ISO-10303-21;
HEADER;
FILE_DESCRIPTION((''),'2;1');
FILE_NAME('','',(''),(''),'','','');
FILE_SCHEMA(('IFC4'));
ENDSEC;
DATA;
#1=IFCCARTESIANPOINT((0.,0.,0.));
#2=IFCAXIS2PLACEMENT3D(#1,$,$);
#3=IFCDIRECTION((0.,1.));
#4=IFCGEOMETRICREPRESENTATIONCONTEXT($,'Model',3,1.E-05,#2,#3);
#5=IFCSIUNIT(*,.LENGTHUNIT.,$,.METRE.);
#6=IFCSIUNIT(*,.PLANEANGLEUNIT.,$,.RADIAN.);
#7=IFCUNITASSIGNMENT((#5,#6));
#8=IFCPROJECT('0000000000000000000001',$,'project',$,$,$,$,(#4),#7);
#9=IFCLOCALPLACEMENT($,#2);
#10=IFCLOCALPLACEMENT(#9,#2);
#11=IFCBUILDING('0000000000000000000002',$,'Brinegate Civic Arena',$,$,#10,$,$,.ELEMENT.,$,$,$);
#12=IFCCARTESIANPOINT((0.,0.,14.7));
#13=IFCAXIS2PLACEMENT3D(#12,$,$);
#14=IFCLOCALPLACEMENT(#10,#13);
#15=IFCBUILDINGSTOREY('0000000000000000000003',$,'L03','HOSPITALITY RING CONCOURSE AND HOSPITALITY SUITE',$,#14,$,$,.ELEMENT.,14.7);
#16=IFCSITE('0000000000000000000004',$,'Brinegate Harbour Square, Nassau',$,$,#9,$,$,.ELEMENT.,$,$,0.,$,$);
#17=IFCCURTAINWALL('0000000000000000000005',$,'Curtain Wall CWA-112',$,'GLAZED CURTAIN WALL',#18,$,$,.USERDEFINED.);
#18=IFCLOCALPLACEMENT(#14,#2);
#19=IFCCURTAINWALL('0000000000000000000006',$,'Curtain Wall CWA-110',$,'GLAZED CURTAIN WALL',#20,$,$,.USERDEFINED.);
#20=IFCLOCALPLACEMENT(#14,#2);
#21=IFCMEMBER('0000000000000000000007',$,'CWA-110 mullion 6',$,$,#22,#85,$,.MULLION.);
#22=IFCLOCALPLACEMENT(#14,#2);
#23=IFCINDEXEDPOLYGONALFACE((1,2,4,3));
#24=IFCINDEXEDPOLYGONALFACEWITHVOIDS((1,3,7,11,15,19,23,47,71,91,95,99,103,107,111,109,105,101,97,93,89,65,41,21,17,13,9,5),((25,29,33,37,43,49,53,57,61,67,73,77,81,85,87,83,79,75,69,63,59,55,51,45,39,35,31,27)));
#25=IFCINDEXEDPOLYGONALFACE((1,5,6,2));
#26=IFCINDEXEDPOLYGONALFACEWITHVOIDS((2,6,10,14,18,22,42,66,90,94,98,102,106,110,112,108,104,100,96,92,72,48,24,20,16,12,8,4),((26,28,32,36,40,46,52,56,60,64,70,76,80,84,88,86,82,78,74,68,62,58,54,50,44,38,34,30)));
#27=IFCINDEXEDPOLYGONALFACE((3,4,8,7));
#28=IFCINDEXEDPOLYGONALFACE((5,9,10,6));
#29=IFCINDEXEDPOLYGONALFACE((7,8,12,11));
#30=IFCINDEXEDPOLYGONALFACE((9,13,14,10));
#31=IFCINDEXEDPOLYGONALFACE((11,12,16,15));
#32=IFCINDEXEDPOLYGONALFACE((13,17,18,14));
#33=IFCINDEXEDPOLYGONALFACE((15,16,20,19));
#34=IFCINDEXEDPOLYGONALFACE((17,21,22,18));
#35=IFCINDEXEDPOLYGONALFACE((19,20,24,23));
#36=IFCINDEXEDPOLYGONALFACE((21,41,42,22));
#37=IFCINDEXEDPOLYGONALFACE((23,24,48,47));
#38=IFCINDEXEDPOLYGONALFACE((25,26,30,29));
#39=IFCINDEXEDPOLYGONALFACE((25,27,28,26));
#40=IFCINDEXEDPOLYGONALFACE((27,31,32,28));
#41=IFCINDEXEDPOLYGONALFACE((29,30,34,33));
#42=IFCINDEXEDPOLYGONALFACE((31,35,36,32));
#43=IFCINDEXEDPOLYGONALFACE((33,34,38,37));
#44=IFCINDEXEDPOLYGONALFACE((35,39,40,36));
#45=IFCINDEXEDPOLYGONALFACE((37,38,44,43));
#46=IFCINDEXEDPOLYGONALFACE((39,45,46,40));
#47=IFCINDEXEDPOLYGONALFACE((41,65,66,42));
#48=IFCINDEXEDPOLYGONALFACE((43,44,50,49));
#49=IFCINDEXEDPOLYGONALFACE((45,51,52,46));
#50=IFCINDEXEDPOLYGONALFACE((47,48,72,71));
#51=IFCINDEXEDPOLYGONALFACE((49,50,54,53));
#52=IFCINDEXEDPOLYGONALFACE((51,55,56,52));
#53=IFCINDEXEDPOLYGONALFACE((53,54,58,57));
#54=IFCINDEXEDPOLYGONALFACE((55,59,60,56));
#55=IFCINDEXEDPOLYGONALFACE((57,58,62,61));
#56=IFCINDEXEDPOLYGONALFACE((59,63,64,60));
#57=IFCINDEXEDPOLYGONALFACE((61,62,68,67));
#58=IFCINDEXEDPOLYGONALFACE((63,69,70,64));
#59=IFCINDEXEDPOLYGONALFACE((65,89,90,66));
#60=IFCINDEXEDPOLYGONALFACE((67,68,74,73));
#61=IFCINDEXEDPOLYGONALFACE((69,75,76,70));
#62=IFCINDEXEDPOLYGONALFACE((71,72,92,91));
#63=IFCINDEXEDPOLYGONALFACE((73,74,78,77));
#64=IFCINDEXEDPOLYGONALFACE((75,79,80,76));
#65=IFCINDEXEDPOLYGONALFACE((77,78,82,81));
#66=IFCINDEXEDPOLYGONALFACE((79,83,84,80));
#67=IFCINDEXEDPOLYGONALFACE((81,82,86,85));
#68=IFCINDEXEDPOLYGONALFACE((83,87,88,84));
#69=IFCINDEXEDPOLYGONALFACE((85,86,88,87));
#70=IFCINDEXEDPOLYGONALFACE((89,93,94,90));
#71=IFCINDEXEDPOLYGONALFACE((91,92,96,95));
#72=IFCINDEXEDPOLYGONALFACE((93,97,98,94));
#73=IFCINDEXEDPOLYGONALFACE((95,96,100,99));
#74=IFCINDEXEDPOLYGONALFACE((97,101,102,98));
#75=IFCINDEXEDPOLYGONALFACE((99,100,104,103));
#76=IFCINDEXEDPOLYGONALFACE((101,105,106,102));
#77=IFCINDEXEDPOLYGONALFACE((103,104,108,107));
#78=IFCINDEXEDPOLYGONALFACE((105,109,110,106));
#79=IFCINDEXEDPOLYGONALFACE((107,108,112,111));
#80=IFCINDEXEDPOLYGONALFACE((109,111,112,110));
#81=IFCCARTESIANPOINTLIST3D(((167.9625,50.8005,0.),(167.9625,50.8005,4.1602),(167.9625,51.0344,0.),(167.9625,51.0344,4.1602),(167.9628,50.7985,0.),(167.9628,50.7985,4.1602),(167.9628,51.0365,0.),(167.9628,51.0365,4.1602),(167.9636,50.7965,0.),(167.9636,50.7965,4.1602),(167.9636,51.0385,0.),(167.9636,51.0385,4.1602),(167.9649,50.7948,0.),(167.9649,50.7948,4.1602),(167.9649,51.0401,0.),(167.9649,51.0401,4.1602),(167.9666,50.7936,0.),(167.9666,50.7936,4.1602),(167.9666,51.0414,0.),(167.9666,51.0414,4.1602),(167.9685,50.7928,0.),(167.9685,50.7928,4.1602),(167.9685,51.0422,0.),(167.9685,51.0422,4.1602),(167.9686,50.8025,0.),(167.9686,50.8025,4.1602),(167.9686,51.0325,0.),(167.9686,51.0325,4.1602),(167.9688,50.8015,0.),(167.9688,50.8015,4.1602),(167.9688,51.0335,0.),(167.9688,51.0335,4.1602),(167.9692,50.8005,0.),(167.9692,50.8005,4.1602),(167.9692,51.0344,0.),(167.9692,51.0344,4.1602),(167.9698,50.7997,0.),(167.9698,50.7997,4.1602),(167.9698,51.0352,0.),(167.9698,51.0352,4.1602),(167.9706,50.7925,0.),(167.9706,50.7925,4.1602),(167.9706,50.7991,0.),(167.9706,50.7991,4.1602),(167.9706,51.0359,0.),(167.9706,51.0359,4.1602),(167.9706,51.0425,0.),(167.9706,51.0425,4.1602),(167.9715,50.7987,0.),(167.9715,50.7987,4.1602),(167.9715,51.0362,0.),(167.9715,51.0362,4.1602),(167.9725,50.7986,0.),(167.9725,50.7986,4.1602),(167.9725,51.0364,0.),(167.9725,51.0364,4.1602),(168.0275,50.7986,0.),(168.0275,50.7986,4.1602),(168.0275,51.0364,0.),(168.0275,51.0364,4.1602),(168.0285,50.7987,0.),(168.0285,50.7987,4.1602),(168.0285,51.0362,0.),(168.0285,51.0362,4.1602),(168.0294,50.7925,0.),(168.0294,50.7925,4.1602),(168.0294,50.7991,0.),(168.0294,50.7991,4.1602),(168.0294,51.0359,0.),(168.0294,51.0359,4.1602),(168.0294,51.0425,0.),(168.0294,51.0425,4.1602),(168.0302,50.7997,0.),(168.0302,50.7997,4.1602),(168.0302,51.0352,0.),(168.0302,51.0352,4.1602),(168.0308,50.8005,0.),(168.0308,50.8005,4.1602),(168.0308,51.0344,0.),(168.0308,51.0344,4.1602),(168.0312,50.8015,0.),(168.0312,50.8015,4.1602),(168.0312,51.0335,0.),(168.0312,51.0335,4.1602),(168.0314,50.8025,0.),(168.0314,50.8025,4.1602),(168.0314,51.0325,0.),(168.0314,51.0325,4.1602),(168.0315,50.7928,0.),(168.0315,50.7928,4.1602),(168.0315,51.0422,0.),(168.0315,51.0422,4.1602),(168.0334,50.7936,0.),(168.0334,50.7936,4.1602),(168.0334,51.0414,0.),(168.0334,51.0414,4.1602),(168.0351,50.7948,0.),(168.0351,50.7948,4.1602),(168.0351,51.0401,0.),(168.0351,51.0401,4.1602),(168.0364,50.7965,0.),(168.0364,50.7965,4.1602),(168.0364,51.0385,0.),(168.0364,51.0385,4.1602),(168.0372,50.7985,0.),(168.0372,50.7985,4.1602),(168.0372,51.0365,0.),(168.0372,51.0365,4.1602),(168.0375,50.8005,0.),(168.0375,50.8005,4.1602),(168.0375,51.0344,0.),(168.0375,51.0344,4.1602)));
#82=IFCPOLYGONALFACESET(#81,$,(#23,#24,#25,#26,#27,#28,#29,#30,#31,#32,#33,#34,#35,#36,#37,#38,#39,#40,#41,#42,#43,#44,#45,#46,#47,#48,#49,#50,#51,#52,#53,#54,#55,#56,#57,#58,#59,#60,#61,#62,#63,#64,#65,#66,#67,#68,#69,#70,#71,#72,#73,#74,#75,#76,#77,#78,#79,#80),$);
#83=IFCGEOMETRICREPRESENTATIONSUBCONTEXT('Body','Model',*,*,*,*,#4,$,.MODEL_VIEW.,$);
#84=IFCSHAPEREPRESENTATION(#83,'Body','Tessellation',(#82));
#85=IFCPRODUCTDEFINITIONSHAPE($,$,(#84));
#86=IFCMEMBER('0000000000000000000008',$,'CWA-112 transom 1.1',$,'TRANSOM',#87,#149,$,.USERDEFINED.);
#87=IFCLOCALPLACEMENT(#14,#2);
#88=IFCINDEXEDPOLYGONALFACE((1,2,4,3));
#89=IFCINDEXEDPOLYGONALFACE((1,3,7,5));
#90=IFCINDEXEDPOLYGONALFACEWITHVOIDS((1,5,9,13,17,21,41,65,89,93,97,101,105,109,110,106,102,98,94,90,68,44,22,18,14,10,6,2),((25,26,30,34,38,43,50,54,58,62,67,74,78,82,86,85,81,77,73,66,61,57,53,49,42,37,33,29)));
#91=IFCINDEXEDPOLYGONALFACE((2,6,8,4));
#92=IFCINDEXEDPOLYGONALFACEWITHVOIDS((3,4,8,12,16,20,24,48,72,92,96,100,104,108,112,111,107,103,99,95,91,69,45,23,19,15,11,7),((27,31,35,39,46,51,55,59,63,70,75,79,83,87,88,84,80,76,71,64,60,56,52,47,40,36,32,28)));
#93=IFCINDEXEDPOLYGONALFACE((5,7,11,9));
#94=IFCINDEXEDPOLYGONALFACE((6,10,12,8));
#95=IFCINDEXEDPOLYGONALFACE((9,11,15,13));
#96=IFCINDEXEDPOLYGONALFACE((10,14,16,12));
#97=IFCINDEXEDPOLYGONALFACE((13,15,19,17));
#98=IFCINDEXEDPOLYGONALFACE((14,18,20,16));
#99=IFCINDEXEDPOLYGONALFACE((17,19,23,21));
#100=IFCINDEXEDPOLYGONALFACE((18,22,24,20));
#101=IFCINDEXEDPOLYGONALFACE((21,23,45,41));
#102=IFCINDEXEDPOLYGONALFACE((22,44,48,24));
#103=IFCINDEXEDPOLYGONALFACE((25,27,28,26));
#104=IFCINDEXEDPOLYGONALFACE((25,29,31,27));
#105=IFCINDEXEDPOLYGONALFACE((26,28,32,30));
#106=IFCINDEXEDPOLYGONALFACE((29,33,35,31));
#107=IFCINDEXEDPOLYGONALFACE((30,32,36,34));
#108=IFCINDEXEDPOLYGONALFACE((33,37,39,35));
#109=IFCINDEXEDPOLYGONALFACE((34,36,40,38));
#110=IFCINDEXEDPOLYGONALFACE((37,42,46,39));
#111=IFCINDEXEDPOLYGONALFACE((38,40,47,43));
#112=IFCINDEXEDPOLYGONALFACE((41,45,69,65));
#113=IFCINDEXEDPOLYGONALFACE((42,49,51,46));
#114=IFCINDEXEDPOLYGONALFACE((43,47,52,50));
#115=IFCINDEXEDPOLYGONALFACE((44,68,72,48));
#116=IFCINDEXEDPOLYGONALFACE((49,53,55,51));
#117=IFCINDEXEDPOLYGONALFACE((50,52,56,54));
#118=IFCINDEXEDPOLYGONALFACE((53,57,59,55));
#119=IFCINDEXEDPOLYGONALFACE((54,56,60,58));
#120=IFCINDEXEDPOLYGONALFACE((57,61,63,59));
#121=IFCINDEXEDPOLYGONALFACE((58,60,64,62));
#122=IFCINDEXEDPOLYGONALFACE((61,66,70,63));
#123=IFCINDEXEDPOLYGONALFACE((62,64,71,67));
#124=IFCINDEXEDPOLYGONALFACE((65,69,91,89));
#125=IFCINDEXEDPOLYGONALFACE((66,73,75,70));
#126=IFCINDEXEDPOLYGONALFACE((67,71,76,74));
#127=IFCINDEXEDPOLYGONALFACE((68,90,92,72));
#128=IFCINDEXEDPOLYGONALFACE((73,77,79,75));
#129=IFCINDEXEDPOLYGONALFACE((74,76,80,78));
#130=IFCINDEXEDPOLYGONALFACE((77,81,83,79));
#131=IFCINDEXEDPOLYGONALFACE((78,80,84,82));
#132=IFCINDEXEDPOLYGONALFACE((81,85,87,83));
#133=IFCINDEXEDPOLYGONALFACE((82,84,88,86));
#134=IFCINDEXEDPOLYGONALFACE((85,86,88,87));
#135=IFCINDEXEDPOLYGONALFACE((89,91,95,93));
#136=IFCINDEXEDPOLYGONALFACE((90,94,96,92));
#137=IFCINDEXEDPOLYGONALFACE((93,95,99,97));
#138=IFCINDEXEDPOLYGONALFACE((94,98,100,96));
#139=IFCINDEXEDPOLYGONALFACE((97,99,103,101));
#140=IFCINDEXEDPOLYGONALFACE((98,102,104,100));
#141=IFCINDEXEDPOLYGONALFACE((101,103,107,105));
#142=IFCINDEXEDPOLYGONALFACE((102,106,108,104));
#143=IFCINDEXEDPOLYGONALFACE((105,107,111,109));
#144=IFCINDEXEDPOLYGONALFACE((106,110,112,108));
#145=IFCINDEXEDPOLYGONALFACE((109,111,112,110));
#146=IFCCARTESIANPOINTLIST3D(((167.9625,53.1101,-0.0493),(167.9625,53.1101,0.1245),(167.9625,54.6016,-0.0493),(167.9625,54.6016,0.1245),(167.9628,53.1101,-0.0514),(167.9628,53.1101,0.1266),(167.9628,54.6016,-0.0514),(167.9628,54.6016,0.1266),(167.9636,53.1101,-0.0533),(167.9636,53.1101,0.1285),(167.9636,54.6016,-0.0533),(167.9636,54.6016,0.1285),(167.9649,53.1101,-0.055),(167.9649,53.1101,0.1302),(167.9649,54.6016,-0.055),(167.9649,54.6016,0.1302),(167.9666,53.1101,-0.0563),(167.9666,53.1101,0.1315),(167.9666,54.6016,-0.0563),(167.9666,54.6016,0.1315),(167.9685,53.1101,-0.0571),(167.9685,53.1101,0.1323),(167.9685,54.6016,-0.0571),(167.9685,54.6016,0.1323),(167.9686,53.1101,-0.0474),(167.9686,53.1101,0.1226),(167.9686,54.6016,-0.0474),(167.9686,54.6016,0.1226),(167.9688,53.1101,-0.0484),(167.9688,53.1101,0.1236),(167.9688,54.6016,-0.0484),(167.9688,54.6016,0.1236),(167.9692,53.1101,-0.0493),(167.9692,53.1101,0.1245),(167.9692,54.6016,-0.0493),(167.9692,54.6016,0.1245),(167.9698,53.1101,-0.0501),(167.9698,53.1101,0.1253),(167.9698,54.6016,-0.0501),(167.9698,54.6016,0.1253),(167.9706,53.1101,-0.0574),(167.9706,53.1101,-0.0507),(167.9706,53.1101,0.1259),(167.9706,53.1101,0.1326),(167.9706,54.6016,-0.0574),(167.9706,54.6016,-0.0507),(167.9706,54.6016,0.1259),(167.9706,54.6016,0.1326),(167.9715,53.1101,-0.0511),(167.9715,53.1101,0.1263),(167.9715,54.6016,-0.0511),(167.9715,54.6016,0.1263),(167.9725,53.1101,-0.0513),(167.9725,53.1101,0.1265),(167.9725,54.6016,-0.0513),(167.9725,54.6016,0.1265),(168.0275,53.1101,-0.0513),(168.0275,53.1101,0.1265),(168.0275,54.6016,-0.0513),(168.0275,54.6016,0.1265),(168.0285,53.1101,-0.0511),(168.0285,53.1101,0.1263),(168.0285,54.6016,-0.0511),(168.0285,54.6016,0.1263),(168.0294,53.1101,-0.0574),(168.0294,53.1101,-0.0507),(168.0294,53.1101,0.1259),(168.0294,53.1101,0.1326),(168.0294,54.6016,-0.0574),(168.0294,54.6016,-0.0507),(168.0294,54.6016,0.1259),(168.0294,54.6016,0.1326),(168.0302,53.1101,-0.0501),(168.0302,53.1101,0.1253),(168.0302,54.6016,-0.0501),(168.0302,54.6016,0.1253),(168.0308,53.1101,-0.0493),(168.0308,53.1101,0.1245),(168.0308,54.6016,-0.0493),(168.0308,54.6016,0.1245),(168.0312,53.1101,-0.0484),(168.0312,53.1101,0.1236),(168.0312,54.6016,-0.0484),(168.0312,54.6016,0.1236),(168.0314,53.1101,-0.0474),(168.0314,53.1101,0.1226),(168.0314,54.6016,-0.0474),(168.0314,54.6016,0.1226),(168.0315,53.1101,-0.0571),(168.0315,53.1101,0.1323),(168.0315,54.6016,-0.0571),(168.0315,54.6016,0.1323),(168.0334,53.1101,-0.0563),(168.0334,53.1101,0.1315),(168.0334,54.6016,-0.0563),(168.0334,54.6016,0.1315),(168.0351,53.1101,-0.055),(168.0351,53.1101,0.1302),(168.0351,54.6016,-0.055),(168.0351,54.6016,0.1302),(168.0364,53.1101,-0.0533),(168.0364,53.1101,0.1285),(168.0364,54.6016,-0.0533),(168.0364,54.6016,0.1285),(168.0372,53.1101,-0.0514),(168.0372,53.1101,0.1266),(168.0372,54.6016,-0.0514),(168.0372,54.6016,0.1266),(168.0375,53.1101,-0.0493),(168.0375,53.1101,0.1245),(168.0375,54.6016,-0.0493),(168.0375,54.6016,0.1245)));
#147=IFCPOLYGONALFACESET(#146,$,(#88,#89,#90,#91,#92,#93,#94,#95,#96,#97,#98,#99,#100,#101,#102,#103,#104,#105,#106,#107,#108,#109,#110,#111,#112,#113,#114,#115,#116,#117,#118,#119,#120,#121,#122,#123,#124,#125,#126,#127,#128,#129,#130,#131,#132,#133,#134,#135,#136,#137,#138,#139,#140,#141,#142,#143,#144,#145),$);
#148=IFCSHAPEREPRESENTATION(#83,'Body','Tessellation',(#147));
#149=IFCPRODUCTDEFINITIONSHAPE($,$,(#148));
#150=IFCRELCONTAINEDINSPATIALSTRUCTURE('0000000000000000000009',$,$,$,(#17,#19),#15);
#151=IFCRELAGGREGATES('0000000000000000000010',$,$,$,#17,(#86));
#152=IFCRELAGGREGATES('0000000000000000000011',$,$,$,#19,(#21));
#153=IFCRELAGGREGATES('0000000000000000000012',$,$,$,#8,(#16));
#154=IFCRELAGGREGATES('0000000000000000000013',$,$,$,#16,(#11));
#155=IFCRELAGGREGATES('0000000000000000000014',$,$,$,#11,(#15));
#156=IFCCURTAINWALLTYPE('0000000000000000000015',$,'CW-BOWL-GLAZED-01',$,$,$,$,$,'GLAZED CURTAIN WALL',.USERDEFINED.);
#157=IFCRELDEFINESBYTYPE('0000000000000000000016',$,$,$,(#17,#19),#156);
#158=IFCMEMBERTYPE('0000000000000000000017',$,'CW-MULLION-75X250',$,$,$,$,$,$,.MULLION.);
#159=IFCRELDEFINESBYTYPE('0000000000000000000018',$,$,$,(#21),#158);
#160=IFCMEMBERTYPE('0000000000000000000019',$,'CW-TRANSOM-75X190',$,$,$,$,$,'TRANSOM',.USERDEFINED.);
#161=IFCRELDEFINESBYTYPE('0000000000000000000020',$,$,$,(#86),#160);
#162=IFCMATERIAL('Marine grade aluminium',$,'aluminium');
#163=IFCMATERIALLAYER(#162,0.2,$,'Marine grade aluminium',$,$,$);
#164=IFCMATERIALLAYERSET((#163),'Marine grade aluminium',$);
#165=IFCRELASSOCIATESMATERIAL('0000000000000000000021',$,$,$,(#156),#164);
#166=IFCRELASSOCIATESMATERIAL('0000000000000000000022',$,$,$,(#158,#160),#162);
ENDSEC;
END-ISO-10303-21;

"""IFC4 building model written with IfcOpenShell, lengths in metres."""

from ifc_helpers import new_model, si_unit, direction, frame, origin, origin_2d, place, context, subcontext, project, spatial, hollow_rectangle, extrude, material, layer, layer_set, material_profile, profile_set, type_object, element, aggregate, save


model = new_model("IFC4")

# Units and contexts
model_context = context("Model", 3, precision=1e-05, world=origin(), true_north=direction((0.0, 1.0)))
body_context = subcontext(model_context, "Body", "Model", "MODEL_VIEW")
ifc_project = project(units=[si_unit("LENGTHUNIT", "METRE"), si_unit("PLANEANGLEUNIT", "RADIAN")], contexts=[model_context])

# Site, building, storey
site_placement = place(None, origin())
site = spatial("IfcSite", under=ifc_project, at=site_placement, Name="Brinegate Harbour Square, Nassau", CompositionType="ELEMENT", RefElevation=0.0)
building_placement = place(site_placement, origin())
building = spatial("IfcBuilding", under=site, at=building_placement, Name="Brinegate Civic Arena", CompositionType="ELEMENT")
storey_placement = place(building_placement, frame((0.0, 0.0, 14.7)))
storey = spatial("IfcBuildingStorey", under=building, at=storey_placement, Name="L03", Description="HOSPITALITY RING CONCOURSE AND HOSPITALITY SUITE", CompositionType="ELEMENT", Elevation=14.7)

# Curtain wall
ifc_material_1 = material(Name="Marine grade aluminium", Category="aluminium")
ifc_layer_1 = layer(ifc_material_1, 0.2, Name="Marine grade aluminium")
ifc_layer_set_1 = layer_set([ifc_layer_1], Name="Marine grade aluminium")
curtain_wall_type = type_object("IfcCurtainWallType", Name="CW-BOWL-GLAZED-01", ElementType="GLAZED CURTAIN WALL", PredefinedType="USERDEFINED", material=ifc_layer_set_1)
curtain_wall_1_placement = place(storey_placement, origin())
curtain_wall_1 = element("IfcCurtainWall", 1, at=curtain_wall_1_placement, inside=storey, type_object=curtain_wall_type, Name="Curtain Wall CWA-112", ObjectType="GLAZED CURTAIN WALL", PredefinedType="USERDEFINED")

# Curtain wall, member
curtain_wall_2_placement = place(storey_placement, origin())
curtain_wall_2 = element("IfcCurtainWall", 2, at=curtain_wall_2_placement, inside=storey, type_object=curtain_wall_type, Name="Curtain Wall CWA-110", ObjectType="GLAZED CURTAIN WALL", PredefinedType="USERDEFINED")
ifc_material_profile_1 = material_profile(ifc_material_1, hollow_rectangle(XDim=0.075, YDim=0.25, WallThickness=0.0061, InnerFilletRadius=0.0039, OuterFilletRadius=0.0081, at=origin_2d()), Name="MUL75X250")
ifc_profile_set_1 = profile_set([ifc_material_profile_1], Name="Marine grade aluminium")
member_type_1 = type_object("IfcMemberType", Name="CW-MULLION-75X250", PredefinedType="MULLION", material=ifc_profile_set_1)
member_1_placement = place(storey_placement, frame((168.0, 50.9175, 0.0), z_axis=(0.0, 0.0, 1.0), x_axis=(-1.0, 0.0, 0.0)))
member_1 = element("IfcMember", 3, at=member_1_placement, type_object=member_type_1, Name="CWA-110 mullion 6", PredefinedType="MULLION", context=body_context, shape_type="SweptSolid", body=[
    extrude(hollow_rectangle(XDim=0.075, YDim=0.25, WallThickness=0.0061, InnerFilletRadius=0.0039, OuterFilletRadius=0.0081, at=origin_2d()), origin(), (0.0, 0.0, 1.0), 4.1602),
])

# Member
ifc_material_profile_2 = material_profile(ifc_material_1, hollow_rectangle(XDim=0.075, YDim=0.1899, WallThickness=0.0061, InnerFilletRadius=0.0039, OuterFilletRadius=0.0081, at=origin_2d()), Name="TRN75X190")
ifc_profile_set_2 = profile_set([ifc_material_profile_2], Name="Marine grade aluminium")
member_type_2 = type_object("IfcMemberType", Name="CW-TRANSOM-75X190", ElementType="TRANSOM", PredefinedType="USERDEFINED", material=ifc_profile_set_2)
member_2_placement = place(storey_placement, frame((168.0, 53.1101, 0.0376), z_axis=(0.0, 1.0, 0.0), x_axis=(-1.0, 0.0, 0.0)))
member_2 = element("IfcMember", 4, at=member_2_placement, type_object=member_type_2, Name="CWA-112 transom 1.1", ObjectType="TRANSOM", PredefinedType="USERDEFINED", context=body_context, shape_type="SweptSolid", body=[
    extrude(hollow_rectangle(XDim=0.075, YDim=0.1899, WallThickness=0.0061, InnerFilletRadius=0.0039, OuterFilletRadius=0.0081, at=origin_2d()), origin(), (0.0, 0.0, 1.0), 1.4915),
])

aggregate(curtain_wall_1, [member_2])
aggregate(curtain_wall_2, [member_1])

save(model, "model.ifc")
